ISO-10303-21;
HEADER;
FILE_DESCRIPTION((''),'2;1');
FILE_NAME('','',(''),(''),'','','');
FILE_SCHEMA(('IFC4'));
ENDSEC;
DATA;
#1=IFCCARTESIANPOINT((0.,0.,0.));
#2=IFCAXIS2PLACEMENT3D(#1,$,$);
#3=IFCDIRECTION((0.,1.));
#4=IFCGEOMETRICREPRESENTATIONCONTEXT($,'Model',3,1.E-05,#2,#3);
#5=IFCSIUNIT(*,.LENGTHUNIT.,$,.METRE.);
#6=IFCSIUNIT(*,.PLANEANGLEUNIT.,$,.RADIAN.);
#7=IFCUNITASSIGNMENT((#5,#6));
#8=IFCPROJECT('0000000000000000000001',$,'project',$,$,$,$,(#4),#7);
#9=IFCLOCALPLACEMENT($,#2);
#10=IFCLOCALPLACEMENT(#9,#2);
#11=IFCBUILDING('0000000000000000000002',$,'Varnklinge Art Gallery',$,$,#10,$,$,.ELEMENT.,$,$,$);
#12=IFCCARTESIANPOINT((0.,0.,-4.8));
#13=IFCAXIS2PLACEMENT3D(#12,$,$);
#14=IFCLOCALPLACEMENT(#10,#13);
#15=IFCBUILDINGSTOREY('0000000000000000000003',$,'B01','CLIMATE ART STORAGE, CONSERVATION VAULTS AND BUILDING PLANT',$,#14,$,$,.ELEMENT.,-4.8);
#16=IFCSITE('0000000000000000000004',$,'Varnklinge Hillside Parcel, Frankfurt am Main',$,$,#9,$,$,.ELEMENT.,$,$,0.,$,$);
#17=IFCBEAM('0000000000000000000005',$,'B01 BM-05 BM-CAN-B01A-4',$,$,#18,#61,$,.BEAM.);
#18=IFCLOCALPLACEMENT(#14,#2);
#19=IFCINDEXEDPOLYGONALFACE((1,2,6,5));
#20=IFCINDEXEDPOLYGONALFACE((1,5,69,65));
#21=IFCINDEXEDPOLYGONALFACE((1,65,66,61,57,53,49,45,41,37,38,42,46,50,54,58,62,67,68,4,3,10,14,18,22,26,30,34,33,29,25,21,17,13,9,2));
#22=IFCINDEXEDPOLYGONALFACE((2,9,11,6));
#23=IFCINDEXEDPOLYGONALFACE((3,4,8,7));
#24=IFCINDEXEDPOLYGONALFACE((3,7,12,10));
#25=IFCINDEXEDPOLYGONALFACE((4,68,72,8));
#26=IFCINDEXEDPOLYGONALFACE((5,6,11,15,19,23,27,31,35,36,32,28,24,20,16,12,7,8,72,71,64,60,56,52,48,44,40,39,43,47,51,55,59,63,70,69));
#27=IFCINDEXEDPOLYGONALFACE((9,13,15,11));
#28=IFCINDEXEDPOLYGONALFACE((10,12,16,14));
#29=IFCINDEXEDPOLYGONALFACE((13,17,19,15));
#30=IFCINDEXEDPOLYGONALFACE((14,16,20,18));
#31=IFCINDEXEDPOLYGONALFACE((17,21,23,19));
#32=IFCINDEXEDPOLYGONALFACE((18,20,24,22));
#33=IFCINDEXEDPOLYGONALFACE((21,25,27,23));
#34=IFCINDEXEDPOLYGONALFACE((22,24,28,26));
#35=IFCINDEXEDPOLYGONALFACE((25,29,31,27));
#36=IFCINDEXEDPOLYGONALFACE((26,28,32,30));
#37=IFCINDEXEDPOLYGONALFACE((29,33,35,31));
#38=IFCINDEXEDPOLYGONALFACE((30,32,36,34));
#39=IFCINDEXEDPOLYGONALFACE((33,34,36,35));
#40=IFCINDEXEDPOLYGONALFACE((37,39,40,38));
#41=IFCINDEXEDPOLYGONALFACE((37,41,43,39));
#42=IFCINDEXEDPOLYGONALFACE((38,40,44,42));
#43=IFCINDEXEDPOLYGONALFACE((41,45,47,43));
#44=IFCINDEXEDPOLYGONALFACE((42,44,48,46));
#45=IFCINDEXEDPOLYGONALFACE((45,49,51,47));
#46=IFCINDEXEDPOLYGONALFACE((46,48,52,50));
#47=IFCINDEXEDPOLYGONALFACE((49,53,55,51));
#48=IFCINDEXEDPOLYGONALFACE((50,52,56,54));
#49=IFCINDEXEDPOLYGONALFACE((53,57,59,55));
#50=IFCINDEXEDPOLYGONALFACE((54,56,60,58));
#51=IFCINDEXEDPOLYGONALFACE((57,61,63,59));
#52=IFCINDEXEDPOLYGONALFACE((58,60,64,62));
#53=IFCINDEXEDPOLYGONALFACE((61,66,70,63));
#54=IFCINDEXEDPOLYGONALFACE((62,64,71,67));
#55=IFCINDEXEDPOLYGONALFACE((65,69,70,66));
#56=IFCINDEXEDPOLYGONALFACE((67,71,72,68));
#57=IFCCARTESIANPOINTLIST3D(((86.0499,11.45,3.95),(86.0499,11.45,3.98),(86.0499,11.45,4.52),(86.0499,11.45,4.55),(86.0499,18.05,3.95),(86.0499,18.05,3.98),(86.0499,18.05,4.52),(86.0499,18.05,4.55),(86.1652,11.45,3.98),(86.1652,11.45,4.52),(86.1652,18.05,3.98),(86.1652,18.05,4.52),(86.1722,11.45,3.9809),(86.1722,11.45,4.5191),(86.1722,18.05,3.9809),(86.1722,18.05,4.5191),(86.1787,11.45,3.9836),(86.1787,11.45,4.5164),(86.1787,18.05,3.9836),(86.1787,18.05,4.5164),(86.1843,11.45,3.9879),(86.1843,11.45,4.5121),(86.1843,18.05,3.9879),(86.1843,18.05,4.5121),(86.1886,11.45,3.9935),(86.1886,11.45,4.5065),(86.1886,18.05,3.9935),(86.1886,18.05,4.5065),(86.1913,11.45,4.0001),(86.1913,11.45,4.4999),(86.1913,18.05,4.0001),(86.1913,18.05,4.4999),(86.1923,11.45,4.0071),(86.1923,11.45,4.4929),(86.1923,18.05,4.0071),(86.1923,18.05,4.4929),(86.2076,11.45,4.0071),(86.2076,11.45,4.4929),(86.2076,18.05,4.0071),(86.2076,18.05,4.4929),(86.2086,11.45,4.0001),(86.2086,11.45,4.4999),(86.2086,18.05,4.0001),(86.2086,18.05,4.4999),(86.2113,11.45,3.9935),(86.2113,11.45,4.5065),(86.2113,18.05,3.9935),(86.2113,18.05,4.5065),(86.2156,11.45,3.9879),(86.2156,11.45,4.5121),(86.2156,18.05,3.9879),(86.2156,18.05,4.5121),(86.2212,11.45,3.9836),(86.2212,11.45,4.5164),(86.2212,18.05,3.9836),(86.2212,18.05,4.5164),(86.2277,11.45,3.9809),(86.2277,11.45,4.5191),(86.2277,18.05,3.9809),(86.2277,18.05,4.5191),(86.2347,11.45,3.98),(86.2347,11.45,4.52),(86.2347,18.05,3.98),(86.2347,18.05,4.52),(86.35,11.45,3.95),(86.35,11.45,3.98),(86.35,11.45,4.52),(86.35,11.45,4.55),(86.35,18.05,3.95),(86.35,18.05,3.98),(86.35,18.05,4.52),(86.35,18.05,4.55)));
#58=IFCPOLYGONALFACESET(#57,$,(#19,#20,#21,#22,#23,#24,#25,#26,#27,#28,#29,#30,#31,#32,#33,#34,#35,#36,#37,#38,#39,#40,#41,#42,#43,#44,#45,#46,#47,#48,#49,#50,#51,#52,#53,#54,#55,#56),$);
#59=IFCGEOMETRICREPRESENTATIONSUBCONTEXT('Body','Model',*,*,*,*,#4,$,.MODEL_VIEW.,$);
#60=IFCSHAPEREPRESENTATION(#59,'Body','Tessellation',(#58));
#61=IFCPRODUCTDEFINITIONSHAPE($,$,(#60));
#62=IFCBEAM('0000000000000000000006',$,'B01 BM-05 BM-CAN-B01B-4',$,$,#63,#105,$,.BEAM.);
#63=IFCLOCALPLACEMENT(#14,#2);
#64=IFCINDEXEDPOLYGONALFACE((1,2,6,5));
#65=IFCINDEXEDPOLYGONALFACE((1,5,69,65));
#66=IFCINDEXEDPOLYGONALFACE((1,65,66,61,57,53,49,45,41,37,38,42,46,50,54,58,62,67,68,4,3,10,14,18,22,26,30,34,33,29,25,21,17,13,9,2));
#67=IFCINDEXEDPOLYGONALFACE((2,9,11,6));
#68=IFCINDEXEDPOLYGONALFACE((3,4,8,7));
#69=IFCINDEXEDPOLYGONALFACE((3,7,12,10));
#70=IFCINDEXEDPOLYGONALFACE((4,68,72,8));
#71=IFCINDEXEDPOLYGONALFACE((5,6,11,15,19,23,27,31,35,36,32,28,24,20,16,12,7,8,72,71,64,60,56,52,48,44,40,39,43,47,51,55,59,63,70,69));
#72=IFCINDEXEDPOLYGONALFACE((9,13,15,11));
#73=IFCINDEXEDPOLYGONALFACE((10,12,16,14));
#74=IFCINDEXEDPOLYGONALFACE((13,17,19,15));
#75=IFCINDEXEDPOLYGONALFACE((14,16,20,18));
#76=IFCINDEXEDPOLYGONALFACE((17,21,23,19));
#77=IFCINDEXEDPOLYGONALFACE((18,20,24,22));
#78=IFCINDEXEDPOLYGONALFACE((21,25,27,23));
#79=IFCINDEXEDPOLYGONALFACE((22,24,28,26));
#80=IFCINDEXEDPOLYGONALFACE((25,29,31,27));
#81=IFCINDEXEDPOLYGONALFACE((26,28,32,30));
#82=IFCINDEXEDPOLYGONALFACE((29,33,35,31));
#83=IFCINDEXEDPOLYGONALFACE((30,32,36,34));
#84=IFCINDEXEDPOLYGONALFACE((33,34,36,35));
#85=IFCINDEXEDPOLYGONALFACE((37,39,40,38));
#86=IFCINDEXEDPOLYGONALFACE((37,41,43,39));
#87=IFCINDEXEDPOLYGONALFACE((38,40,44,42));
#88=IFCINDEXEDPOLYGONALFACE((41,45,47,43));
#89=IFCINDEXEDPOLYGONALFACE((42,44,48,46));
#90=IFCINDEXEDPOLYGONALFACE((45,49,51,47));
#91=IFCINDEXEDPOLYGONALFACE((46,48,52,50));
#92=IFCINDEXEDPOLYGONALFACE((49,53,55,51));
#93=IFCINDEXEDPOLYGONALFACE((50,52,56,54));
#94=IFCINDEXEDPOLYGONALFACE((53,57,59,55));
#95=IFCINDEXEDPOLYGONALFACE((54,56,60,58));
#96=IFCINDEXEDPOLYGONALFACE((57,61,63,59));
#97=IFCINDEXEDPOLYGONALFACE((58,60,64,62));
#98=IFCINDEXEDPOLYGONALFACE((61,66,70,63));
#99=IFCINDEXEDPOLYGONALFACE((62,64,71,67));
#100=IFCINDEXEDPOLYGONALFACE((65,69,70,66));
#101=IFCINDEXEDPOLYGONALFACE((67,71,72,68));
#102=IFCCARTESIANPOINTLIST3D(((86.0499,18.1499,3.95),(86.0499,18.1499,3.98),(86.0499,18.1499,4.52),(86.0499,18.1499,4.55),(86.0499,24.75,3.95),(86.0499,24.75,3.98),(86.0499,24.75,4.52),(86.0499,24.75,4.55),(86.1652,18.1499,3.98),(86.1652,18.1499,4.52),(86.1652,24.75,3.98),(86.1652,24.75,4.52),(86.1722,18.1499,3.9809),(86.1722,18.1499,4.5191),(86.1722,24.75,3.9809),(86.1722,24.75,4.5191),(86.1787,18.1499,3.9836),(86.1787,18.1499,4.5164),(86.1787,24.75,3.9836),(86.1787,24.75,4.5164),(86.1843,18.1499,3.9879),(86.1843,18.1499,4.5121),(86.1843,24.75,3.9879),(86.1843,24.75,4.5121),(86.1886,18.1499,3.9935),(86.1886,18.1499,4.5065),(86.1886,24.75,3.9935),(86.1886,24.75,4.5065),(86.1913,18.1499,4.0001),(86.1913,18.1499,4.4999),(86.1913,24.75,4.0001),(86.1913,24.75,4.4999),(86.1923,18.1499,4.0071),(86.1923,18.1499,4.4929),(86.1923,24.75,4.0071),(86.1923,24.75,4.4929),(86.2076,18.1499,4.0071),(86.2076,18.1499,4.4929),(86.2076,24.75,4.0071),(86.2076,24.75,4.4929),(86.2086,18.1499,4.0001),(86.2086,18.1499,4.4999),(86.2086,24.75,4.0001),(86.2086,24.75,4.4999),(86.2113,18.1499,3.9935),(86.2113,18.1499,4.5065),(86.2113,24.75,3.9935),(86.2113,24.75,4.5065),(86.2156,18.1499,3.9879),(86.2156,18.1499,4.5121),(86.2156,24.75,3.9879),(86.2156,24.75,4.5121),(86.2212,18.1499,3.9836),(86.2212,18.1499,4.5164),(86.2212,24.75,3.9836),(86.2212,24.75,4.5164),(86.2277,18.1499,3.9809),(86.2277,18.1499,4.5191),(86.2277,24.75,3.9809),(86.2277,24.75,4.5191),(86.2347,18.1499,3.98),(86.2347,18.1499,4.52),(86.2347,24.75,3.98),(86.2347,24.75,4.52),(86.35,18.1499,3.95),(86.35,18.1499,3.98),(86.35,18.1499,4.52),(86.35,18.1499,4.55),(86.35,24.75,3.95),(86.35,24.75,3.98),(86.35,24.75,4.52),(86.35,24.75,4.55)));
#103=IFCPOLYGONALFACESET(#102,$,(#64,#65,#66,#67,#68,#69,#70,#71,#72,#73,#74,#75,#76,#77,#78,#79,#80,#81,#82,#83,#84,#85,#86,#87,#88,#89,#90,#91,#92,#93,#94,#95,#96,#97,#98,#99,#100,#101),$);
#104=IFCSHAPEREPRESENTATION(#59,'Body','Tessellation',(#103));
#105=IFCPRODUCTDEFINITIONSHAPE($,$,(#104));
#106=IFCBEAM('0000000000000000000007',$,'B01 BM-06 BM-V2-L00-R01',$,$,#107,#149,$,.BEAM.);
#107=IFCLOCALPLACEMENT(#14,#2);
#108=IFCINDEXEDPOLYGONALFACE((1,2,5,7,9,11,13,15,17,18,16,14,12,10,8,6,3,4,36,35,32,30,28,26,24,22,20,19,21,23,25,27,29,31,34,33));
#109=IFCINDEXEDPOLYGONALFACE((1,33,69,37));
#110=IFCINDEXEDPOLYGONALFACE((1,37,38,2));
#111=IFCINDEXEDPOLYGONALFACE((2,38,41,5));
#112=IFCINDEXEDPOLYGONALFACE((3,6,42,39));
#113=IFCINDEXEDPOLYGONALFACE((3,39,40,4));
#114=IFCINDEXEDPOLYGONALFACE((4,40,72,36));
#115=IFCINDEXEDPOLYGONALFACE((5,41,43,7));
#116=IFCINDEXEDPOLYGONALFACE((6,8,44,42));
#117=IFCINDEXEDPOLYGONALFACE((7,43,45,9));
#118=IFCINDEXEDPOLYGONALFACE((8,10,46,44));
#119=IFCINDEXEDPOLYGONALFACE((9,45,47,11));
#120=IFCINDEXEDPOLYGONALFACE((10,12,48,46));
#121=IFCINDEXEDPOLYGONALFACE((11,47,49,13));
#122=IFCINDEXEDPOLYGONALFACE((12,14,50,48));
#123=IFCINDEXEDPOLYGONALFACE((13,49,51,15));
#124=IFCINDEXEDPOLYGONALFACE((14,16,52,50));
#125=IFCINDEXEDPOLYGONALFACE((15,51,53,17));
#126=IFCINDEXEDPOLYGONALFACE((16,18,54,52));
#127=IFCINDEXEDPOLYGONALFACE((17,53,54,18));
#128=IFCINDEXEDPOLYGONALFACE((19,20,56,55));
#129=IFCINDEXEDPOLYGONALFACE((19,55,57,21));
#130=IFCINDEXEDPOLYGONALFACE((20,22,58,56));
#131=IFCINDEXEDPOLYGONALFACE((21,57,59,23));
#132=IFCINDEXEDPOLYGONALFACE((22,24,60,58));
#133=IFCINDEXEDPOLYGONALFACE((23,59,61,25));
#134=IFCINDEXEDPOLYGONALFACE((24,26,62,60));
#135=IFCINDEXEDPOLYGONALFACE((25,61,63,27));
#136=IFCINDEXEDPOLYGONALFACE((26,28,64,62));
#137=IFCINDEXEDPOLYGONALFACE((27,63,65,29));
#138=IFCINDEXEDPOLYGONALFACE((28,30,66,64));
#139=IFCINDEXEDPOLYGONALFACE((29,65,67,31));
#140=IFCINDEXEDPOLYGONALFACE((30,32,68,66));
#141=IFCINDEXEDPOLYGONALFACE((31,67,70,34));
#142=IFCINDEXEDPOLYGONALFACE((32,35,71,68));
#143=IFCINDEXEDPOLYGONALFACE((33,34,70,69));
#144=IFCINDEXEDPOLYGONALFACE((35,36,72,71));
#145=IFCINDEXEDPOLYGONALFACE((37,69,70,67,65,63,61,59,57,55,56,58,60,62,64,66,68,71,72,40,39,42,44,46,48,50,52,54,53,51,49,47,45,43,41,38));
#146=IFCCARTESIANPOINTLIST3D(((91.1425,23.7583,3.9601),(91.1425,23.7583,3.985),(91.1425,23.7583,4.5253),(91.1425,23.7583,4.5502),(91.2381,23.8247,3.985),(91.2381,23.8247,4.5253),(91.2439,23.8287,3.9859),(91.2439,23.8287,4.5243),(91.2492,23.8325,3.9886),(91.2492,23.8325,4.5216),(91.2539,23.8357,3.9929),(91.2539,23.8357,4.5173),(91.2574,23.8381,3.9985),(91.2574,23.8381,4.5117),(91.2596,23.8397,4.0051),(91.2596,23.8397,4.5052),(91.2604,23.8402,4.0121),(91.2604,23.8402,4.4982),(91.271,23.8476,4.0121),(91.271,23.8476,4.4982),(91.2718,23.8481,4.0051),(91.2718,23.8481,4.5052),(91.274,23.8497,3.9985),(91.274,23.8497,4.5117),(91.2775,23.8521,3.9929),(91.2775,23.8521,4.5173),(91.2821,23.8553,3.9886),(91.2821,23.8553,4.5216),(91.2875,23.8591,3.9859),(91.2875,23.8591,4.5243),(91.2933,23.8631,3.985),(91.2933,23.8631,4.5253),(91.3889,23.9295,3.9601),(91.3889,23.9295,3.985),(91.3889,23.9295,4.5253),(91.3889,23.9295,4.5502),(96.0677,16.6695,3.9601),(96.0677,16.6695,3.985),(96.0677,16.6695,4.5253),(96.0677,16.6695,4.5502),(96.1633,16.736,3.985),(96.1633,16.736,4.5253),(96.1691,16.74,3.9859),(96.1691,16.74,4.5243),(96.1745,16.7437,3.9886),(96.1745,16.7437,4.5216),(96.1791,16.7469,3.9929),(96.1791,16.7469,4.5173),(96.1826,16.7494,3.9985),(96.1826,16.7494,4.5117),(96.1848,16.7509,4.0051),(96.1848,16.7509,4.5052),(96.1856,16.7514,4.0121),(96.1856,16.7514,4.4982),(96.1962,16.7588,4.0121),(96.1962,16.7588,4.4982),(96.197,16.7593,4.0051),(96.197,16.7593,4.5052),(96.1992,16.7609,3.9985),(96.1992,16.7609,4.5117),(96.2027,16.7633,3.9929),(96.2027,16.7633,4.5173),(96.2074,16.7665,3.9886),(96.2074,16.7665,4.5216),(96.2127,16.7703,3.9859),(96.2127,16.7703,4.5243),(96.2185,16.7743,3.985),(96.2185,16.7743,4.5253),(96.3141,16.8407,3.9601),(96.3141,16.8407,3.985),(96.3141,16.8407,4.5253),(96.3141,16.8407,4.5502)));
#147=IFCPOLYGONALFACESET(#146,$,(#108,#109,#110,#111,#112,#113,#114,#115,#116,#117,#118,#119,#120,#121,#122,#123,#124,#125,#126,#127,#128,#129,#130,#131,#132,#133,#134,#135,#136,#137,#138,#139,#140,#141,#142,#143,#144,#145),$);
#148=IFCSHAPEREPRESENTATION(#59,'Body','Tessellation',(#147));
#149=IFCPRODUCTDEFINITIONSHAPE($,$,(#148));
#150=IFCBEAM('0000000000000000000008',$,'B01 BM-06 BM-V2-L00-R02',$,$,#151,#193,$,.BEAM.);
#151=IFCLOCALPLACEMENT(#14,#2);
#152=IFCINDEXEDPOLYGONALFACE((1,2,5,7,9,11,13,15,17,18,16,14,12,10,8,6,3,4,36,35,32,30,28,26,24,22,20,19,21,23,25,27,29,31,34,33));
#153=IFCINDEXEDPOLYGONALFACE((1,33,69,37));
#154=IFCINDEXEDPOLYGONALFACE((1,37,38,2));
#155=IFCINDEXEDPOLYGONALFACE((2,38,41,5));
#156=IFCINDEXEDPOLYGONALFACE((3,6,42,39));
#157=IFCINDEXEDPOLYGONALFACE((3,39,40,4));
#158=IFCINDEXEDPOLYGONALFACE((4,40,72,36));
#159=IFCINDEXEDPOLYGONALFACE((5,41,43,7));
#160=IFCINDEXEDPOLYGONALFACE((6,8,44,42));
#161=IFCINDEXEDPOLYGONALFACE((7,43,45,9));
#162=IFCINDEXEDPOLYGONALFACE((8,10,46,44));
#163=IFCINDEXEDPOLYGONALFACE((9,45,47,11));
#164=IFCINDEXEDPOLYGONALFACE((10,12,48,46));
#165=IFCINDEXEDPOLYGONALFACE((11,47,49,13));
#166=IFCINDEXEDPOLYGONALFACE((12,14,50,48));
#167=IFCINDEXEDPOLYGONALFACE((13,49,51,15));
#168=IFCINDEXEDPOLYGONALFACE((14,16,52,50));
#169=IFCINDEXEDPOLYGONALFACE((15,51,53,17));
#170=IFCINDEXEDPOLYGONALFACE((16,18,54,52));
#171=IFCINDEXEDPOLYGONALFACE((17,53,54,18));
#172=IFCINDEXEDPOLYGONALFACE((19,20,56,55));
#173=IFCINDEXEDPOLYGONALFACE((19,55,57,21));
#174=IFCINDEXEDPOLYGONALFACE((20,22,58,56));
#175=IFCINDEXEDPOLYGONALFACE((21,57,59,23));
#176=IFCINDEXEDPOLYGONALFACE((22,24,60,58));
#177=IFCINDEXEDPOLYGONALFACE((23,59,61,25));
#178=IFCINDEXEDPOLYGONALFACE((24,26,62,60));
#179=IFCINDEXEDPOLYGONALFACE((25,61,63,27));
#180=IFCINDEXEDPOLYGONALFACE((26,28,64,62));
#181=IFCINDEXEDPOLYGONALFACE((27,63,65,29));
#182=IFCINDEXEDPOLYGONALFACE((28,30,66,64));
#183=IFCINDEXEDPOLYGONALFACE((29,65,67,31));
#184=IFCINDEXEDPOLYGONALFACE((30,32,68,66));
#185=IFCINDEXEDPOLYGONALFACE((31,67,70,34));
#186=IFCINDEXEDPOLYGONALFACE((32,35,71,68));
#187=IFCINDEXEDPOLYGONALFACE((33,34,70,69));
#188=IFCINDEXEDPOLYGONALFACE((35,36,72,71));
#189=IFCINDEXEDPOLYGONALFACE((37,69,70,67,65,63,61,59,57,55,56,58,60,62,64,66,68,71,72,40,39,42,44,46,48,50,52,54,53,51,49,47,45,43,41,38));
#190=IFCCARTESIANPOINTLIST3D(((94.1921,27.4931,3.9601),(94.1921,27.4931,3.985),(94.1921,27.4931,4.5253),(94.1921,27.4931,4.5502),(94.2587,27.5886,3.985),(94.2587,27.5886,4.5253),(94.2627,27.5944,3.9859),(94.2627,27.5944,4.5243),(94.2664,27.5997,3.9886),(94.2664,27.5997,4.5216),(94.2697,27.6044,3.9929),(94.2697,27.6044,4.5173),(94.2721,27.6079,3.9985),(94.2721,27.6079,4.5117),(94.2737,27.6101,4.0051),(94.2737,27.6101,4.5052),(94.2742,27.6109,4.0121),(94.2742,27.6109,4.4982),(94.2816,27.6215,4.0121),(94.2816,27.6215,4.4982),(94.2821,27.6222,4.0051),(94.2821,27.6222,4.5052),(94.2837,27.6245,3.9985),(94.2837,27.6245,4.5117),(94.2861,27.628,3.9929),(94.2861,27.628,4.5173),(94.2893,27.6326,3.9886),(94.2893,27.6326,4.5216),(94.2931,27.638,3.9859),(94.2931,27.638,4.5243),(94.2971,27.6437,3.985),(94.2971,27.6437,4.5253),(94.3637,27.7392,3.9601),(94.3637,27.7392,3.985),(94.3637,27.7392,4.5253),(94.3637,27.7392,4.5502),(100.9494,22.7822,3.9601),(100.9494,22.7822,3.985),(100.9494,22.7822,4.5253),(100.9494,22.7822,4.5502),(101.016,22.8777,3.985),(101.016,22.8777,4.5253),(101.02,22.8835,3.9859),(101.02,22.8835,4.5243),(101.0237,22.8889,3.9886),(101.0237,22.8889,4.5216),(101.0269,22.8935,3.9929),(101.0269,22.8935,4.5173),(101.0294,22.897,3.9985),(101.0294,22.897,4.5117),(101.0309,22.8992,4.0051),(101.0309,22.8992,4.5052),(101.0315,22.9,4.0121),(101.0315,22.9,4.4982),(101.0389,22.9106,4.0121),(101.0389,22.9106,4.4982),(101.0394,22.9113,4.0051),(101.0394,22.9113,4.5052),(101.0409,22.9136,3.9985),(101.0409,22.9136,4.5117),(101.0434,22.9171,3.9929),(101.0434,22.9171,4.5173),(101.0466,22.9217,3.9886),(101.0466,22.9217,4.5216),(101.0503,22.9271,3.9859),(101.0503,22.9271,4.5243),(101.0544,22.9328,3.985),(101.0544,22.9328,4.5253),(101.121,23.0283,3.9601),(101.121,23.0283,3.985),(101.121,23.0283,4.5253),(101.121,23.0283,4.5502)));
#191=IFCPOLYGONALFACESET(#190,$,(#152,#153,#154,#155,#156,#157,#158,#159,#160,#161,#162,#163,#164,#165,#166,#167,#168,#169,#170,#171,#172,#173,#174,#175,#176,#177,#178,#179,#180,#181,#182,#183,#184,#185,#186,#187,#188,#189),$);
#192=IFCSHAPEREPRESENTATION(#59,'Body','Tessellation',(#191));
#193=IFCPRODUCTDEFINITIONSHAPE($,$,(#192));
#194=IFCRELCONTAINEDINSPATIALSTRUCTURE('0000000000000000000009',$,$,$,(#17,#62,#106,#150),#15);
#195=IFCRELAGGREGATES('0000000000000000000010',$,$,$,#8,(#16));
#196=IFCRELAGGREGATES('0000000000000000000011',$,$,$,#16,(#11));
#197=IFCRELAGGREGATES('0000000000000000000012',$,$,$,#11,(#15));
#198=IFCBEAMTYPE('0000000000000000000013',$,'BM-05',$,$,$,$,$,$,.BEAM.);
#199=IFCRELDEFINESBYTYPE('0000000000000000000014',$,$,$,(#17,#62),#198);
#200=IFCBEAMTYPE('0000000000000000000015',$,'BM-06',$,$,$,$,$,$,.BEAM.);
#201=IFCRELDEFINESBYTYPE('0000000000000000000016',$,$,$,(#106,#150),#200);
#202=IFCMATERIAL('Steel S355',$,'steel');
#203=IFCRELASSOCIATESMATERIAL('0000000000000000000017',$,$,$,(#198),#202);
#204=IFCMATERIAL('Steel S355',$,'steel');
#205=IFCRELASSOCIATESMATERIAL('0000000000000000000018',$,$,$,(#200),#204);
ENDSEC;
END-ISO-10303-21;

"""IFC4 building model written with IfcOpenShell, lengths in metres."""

from ifc_helpers import new_model, si_unit, direction, frame, origin, origin_2d, place, context, subcontext, project, spatial, i_section, extrude, material, material_profile, profile_set, type_object, element, save


model = new_model("IFC4")

# Units and contexts
model_context = context("Model", 3, precision=1e-05, world=origin(), true_north=direction((0.0, 1.0)))
body_context = subcontext(model_context, "Body", "Model", "MODEL_VIEW")
ifc_project = project(units=[si_unit("LENGTHUNIT", "METRE"), si_unit("PLANEANGLEUNIT", "RADIAN")], contexts=[model_context])

# Site, building, storey
site_placement = place(None, origin())
site = spatial("IfcSite", under=ifc_project, at=site_placement, Name="Varnklinge Hillside Parcel, Frankfurt am Main", CompositionType="ELEMENT", RefElevation=0.0)
building_placement = place(site_placement, origin())
building = spatial("IfcBuilding", under=site, at=building_placement, Name="Varnklinge Art Gallery", CompositionType="ELEMENT")
storey_placement = place(building_placement, frame((0.0, 0.0, -4.8)))
storey = spatial("IfcBuildingStorey", under=building, at=storey_placement, Name="B01", Description="CLIMATE ART STORAGE, CONSERVATION VAULTS AND BUILDING PLANT", CompositionType="ELEMENT", Elevation=-4.8)

# Beams
ifc_material_1 = material(Name="Steel S355", Category="steel")
ifc_material_profile_1 = material_profile(ifc_material_1, i_section(OverallWidth=0.3, OverallDepth=0.6001, WebThickness=0.0154, FlangeThickness=0.03, FilletRadius=0.0271, at=origin_2d()), Name="HEB 600")
ifc_profile_set_1 = profile_set([ifc_material_profile_1], Name="Steel S355")
beam_type_1 = type_object("IfcBeamType", Name="BM-05", PredefinedType="BEAM", material=ifc_profile_set_1)
for number, where, z_axis, x_axis, name in (
    (1, (86.2, 11.45, 4.25), (0.0, 1.0, 0.0), (-1.0, 0.0, 0.0), "B01 BM-05 BM-CAN-B01A-4"),
    (2, (86.2, 18.1499, 4.25), (0.0, 1.0, 0.0), (-1.0, 0.0, 0.0), "B01 BM-05 BM-CAN-B01B-4"),
):
    element("IfcBeam", number, at=place(storey_placement, frame(where, z_axis=z_axis, x_axis=x_axis)), inside=storey, type_object=beam_type_1, Name=name, PredefinedType="BEAM", context=body_context, shape_type="SweptSolid", body=[
        extrude(i_section(OverallWidth=0.3, OverallDepth=0.6001, WebThickness=0.0154, FlangeThickness=0.03, FilletRadius=0.0271, at=origin_2d()), origin(), (0.0, 0.0, 1.0), 6.6001),
    ])
ifc_material_2 = material(Name="Steel S355", Category="steel")
ifc_material_profile_2 = material_profile(ifc_material_2, i_section(OverallWidth=0.3, OverallDepth=0.5901, WebThickness=0.0129, FlangeThickness=0.0249, FilletRadius=0.0271, at=origin_2d()), Name="HEA 600")
ifc_profile_set_2 = profile_set([ifc_material_profile_2], Name="Steel S355")
beam_type_2 = type_object("IfcBeamType", Name="BM-06", PredefinedType="BEAM", material=ifc_profile_set_2)
beam_1_placement = place(storey_placement, frame((96.1909, 16.7551, 4.2551), z_axis=(-0.570589, 0.821236, 0.0), x_axis=(-0.821236, -0.570589, 0.0)))
element("IfcBeam", 3, at=beam_1_placement, inside=storey, type_object=beam_type_2, Name="B01 BM-06 BM-V2-L00-R01", PredefinedType="BEAM", context=body_context, shape_type="SweptSolid", body=[
    extrude(i_section(OverallWidth=0.3, OverallDepth=0.5901, WebThickness=0.0129, FlangeThickness=0.0249, FilletRadius=0.0271, at=origin_2d()), origin(), (0.0, 0.0, 1.0), 8.6318),
])
beam_2_placement = place(storey_placement, frame((101.0352, 22.9053, 4.2551), z_axis=(-0.820325, 0.571898, 0.0), x_axis=(-0.571898, -0.820325, 0.0)))
element("IfcBeam", 4, at=beam_2_placement, inside=storey, type_object=beam_type_2, Name="B01 BM-06 BM-V2-L00-R02", PredefinedType="BEAM", context=body_context, shape_type="SweptSolid", body=[
    extrude(i_section(OverallWidth=0.3, OverallDepth=0.5901, WebThickness=0.0129, FlangeThickness=0.0249, FilletRadius=0.0271, at=origin_2d()), origin(), (0.0, 0.0, 1.0), 8.2373),
])

save(model, "model.ifc")
